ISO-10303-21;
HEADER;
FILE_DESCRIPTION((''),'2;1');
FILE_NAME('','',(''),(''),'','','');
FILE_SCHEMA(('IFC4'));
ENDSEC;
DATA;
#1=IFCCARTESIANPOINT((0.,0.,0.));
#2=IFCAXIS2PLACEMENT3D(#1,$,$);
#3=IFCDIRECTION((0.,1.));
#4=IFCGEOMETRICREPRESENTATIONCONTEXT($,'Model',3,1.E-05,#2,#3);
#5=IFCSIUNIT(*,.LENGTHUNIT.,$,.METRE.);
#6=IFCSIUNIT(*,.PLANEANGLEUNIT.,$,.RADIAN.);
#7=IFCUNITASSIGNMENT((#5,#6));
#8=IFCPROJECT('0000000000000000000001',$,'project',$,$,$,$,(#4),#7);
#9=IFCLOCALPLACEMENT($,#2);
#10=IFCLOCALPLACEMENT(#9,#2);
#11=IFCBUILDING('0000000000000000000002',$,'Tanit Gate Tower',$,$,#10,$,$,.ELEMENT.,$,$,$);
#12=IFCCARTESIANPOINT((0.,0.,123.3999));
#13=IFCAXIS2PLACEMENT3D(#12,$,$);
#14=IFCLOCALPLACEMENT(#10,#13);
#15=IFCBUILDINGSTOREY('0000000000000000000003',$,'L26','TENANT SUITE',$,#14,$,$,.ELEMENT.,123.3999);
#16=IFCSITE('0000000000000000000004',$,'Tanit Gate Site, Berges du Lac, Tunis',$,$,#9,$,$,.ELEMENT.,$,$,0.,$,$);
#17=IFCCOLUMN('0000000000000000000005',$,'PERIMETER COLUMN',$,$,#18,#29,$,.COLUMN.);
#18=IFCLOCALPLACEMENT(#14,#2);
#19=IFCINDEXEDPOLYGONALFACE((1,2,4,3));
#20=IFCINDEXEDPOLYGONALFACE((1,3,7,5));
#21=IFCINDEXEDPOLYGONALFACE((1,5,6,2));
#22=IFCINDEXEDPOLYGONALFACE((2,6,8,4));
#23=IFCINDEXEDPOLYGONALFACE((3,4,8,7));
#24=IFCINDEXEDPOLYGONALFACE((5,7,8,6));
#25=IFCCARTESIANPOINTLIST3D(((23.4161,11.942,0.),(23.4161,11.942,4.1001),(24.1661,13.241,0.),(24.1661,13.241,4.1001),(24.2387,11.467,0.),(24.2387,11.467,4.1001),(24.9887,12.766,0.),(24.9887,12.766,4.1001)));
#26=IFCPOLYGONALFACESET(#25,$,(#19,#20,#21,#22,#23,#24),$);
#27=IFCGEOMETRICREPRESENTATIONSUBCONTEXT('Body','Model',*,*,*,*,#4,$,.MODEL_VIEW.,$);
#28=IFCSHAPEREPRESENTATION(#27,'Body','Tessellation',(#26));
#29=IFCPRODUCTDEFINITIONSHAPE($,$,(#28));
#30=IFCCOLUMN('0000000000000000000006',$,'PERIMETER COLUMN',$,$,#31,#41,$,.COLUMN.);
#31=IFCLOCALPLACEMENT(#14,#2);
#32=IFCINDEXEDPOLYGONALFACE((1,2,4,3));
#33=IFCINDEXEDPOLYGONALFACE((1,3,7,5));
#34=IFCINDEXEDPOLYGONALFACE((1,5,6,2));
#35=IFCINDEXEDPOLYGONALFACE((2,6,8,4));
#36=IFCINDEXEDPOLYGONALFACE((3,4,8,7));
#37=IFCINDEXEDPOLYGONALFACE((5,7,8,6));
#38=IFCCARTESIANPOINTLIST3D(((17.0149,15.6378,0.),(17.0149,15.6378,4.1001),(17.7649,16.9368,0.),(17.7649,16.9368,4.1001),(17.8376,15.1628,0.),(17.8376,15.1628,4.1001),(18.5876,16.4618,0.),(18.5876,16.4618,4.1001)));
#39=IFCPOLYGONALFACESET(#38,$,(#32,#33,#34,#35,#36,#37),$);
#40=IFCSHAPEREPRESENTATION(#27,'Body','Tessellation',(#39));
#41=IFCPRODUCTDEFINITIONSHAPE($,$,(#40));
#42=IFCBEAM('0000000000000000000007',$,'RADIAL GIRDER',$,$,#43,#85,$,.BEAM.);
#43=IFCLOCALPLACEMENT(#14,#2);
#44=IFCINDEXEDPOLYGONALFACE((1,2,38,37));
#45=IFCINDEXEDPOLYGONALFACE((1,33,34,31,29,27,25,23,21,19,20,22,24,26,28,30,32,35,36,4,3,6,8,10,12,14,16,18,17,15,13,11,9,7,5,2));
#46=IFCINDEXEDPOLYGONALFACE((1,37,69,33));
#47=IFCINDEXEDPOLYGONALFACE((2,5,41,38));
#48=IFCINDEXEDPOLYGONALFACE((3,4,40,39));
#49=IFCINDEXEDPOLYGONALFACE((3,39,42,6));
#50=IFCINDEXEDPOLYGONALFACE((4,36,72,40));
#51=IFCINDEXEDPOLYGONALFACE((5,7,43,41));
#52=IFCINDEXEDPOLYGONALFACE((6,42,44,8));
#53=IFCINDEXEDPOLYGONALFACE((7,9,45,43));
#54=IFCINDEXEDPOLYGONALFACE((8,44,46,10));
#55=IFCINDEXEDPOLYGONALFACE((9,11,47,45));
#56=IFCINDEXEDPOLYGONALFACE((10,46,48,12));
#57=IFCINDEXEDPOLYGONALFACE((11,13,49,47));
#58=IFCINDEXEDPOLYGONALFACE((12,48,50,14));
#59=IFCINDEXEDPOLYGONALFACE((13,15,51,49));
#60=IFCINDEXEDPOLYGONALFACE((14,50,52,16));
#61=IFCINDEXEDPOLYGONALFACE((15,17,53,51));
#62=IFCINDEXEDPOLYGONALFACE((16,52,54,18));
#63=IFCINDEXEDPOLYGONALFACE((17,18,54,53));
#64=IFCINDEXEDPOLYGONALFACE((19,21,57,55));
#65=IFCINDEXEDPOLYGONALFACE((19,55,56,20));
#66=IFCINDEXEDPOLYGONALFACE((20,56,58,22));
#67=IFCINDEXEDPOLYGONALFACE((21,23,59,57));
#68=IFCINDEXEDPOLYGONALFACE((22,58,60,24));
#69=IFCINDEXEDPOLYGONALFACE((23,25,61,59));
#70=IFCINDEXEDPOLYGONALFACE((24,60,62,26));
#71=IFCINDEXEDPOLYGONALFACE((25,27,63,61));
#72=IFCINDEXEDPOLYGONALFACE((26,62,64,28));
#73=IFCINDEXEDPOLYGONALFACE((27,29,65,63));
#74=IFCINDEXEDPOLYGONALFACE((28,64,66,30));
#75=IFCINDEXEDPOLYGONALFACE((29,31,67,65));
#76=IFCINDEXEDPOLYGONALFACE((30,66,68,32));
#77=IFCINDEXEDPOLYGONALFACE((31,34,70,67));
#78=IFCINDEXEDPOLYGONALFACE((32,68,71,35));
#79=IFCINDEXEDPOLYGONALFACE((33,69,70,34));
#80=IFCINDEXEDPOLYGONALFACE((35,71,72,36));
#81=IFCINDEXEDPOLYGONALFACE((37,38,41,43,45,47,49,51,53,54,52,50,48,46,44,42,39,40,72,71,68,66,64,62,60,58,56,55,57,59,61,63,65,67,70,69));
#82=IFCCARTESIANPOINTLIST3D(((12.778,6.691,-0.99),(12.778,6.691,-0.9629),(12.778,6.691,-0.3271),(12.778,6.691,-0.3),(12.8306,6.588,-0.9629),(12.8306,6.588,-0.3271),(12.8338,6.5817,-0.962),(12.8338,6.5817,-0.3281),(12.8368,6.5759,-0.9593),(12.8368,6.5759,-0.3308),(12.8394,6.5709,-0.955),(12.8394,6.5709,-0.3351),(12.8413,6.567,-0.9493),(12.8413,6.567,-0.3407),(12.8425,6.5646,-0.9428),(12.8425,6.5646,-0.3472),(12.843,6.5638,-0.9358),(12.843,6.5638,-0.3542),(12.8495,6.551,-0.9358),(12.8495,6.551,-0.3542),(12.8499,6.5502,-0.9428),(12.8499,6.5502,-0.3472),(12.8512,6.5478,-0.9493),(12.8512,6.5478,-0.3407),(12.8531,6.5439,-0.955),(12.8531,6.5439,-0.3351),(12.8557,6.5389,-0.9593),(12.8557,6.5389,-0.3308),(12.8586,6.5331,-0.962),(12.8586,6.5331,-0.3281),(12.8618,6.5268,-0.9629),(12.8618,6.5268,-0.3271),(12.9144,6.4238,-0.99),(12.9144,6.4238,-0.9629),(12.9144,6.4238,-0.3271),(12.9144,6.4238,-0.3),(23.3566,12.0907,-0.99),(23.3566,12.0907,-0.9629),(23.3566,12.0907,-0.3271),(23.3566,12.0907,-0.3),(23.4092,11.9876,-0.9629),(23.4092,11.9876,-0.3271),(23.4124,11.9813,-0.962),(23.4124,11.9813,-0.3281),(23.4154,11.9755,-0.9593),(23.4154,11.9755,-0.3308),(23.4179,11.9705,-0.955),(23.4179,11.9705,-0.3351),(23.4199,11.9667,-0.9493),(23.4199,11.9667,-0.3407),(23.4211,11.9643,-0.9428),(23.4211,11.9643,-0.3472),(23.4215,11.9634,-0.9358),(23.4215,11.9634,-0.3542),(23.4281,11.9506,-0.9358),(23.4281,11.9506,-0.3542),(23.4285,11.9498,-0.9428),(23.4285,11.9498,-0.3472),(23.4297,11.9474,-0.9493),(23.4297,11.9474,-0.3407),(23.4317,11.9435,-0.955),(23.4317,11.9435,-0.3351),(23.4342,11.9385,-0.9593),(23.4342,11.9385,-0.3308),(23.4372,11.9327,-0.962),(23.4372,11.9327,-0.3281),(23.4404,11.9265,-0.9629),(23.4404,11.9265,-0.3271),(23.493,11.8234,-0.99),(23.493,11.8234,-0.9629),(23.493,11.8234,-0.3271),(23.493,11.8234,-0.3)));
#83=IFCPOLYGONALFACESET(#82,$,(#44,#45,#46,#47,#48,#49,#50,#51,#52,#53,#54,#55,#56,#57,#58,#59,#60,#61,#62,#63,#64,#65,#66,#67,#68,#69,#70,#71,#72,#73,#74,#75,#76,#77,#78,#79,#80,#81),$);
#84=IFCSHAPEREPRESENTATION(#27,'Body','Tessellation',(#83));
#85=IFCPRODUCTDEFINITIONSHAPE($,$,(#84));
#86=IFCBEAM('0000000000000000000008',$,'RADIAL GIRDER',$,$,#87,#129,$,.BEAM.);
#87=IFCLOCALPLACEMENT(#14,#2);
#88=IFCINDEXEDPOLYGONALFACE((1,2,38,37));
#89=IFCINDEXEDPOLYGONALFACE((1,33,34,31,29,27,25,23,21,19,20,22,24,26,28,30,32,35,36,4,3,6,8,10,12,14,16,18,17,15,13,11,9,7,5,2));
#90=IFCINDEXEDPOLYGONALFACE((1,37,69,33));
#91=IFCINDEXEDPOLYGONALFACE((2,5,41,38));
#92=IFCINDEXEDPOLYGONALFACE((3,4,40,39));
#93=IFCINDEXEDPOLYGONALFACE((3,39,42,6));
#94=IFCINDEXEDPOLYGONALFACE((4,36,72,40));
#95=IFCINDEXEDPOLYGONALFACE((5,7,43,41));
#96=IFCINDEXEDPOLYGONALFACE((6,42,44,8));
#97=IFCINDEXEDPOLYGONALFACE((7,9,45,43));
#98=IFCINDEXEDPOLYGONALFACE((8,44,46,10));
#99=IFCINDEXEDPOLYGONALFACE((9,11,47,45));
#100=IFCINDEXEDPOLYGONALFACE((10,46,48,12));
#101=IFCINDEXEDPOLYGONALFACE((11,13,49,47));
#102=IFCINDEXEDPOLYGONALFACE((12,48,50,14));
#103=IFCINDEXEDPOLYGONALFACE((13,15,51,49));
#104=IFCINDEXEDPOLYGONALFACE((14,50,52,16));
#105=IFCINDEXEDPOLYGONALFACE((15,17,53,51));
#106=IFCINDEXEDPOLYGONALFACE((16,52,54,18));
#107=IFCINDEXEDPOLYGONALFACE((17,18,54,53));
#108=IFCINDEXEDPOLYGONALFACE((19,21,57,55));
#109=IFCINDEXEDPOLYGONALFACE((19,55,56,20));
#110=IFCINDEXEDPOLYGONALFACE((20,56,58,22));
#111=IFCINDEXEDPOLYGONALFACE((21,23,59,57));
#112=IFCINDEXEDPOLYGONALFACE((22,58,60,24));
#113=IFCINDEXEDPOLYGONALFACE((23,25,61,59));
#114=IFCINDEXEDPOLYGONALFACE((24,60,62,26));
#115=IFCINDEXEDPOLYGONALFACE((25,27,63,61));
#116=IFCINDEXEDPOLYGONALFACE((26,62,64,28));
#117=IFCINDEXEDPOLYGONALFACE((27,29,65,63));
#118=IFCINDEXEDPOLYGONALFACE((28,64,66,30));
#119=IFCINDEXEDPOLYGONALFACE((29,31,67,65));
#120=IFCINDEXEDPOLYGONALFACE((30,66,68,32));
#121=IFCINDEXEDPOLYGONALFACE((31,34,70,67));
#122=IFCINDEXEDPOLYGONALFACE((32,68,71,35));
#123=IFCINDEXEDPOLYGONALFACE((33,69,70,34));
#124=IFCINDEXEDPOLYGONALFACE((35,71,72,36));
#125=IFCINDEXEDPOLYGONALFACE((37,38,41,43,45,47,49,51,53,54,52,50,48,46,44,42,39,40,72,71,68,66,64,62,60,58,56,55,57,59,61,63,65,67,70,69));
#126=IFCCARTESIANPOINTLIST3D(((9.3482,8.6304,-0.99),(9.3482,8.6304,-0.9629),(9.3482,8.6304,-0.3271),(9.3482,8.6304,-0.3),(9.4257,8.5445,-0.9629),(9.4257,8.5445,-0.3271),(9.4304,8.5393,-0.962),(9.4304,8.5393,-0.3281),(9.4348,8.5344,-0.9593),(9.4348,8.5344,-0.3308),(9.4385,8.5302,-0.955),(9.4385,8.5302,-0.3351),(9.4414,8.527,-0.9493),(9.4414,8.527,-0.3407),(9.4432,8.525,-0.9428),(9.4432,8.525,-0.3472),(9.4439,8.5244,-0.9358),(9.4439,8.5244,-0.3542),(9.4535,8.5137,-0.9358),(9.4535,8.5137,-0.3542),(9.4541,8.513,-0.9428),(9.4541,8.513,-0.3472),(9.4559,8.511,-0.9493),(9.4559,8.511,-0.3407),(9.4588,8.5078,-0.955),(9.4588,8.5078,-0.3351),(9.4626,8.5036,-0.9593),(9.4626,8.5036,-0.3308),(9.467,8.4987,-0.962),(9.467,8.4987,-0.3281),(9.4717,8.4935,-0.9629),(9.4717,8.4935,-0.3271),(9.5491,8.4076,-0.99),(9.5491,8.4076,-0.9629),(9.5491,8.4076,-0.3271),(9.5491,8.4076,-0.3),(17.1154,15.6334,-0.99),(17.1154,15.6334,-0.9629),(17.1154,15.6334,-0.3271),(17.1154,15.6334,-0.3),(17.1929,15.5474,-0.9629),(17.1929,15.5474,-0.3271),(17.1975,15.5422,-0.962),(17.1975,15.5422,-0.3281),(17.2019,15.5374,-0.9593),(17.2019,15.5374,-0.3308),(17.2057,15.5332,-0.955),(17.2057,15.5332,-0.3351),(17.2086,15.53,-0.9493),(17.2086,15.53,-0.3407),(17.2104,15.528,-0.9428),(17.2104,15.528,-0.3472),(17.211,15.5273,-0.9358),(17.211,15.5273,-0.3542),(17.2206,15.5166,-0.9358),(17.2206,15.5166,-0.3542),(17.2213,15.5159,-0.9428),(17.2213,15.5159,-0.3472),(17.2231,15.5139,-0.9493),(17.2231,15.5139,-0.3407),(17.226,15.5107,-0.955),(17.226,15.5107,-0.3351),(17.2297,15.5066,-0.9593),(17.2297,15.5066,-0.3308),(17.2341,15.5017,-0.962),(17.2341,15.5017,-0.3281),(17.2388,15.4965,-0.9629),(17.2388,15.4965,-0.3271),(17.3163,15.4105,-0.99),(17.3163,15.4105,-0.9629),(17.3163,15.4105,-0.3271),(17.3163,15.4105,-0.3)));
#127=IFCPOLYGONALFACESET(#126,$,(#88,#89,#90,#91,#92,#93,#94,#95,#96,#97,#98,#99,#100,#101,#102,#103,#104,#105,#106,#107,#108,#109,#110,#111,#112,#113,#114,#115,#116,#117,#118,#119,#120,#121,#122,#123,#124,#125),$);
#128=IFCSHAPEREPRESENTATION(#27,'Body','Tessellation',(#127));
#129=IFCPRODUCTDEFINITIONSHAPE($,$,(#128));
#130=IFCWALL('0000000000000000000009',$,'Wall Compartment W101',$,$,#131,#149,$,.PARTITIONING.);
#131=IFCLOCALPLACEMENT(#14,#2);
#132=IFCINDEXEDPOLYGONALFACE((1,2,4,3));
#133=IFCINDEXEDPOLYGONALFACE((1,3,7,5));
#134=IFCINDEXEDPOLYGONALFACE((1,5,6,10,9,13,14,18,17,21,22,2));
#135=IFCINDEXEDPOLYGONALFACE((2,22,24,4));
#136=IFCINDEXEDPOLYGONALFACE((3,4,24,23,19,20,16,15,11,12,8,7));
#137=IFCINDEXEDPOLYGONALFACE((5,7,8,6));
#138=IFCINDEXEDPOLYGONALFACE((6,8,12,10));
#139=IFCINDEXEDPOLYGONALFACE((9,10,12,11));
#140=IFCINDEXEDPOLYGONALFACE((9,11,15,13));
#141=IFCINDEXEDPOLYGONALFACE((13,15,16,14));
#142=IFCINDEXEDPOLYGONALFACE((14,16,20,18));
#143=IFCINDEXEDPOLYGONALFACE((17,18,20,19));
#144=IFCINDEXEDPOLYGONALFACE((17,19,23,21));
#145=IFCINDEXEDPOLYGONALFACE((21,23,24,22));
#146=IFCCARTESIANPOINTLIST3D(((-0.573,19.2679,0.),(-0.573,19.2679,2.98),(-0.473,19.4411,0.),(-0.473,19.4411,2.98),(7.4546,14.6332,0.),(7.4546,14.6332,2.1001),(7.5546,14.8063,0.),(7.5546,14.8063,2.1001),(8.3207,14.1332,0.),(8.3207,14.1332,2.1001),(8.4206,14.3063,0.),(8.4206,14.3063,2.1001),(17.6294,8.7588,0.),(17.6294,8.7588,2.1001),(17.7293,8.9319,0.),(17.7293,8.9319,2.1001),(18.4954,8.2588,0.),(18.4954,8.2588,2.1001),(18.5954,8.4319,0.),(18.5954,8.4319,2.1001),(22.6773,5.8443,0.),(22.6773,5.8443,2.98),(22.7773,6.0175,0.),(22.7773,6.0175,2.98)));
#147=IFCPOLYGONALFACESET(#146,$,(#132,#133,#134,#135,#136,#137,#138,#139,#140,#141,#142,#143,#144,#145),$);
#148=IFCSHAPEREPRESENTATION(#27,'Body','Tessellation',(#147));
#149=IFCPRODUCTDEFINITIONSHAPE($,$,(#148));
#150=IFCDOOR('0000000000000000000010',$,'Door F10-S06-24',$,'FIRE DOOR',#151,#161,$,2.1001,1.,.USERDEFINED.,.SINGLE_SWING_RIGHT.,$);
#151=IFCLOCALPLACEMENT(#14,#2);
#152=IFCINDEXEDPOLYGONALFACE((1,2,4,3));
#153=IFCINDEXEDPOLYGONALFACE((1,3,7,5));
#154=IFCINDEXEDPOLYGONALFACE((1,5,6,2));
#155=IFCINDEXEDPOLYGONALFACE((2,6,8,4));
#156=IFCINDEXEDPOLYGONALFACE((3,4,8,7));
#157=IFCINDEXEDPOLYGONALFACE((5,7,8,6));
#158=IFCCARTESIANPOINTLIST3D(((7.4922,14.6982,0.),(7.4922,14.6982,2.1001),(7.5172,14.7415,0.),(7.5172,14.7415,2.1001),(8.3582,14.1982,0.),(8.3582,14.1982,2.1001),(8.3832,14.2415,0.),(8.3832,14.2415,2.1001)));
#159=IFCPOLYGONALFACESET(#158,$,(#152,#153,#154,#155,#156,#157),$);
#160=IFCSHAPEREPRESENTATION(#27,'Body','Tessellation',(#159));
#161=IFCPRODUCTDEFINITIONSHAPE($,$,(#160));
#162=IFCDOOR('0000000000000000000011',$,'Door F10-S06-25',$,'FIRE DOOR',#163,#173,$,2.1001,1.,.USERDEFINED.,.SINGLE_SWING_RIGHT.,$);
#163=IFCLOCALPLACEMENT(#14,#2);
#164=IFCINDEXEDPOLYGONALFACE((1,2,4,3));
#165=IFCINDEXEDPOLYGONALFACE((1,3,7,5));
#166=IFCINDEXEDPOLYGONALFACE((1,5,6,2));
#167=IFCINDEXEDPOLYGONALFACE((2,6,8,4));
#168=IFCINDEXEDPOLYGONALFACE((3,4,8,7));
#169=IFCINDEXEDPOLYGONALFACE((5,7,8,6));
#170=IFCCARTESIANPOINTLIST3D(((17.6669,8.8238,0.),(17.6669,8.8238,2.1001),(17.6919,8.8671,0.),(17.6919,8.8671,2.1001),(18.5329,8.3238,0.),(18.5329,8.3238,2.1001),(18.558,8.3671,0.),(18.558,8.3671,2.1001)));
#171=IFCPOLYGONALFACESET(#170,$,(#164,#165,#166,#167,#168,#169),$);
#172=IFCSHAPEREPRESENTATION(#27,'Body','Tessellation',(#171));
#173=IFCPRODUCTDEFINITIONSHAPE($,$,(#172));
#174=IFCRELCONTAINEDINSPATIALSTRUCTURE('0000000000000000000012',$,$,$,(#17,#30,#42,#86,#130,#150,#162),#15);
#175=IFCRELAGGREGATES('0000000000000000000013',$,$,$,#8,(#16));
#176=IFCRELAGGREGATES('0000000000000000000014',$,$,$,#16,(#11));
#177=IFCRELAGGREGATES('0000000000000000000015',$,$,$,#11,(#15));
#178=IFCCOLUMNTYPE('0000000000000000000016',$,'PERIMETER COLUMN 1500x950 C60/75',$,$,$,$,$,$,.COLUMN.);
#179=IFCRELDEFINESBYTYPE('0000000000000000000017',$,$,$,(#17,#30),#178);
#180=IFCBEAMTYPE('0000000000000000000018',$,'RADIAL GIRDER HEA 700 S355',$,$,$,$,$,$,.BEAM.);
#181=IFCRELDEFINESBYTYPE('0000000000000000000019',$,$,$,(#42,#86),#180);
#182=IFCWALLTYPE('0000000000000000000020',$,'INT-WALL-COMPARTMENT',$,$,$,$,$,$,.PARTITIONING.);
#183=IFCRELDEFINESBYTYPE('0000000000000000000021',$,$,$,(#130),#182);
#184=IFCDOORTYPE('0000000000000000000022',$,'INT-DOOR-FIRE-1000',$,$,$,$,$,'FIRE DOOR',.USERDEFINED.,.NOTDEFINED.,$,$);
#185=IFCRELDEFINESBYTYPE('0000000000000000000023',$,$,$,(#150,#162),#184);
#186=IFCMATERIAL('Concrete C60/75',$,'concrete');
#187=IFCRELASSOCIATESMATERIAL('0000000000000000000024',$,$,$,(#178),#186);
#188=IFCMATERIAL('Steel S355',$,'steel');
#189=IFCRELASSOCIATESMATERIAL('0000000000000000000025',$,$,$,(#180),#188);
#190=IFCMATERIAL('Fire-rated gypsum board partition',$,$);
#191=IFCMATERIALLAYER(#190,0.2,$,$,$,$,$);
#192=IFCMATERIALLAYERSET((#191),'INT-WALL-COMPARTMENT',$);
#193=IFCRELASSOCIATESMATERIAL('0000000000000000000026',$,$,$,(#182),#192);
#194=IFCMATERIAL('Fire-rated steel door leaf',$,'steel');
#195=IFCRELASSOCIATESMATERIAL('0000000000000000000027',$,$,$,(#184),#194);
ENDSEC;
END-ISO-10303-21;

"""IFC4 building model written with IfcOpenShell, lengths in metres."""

from ifc_helpers import new_model, si_unit, direction, frame, frame_2d, origin, origin_2d, place, context, subcontext, project, spatial, rectangle, i_section, extrude, material, layer, layer_set, material_profile, profile_set, type_object, element, fill, save


model = new_model("IFC4")

# Units and contexts
model_context = context("Model", 3, precision=1e-05, world=origin(), true_north=direction((0.0, 1.0)))
body_context = subcontext(model_context, "Body", "Model", "MODEL_VIEW")
ifc_project = project(units=[si_unit("LENGTHUNIT", "METRE"), si_unit("PLANEANGLEUNIT", "RADIAN")], contexts=[model_context])

# Site, building, storey
site_placement = place(None, origin())
site = spatial("IfcSite", under=ifc_project, at=site_placement, Name="Tanit Gate Site, Berges du Lac, Tunis", CompositionType="ELEMENT", RefElevation=0.0)
building_placement = place(site_placement, origin())
building = spatial("IfcBuilding", under=site, at=building_placement, Name="Tanit Gate Tower", CompositionType="ELEMENT")
storey_placement = place(building_placement, frame((0.0, 0.0, 123.3999)))
storey = spatial("IfcBuildingStorey", under=building, at=storey_placement, Name="L26", Description="TENANT SUITE", CompositionType="ELEMENT", Elevation=123.3999)

# Columns
ifc_material_1 = material(Name="Concrete C60/75", Category="concrete")
ifc_material_profile_1 = material_profile(ifc_material_1, rectangle(XDim=1.5, YDim=0.95, at=origin_2d()), Name="RC 1500x950")
ifc_profile_set_1 = profile_set([ifc_material_profile_1], Name="Concrete C60/75")
column_type = type_object("IfcColumnType", Name="PERIMETER COLUMN 1500x950 C60/75", PredefinedType="COLUMN", material=ifc_profile_set_1)
for number, where, z_axis, x_axis, name in (
    (1, (24.2024, 12.354, 0.0), (0.0, 0.0, 1.0), (0.5, 0.866025, 0.0), "PERIMETER COLUMN"),
    (2, (17.8013, 16.0498, 0.0), (0.0, 0.0, 1.0), (0.5, 0.866025, 0.0), "PERIMETER COLUMN"),
):
    element("IfcColumn", number, at=place(storey_placement, frame(where, z_axis=z_axis, x_axis=x_axis)), inside=storey, type_object=column_type, Name=name, PredefinedType="COLUMN", context=body_context, shape_type="SweptSolid", body=[
        extrude(rectangle(XDim=1.5, YDim=0.95, at=origin_2d()), origin(), (0.0, 0.0, 1.0), 4.1001),
    ])

# Beams
ifc_material_2 = material(Name="Steel S355", Category="steel")
ifc_material_profile_2 = material_profile(ifc_material_2, i_section(OverallWidth=0.3, OverallDepth=0.6899, WebThickness=0.0144, FlangeThickness=0.0271, FilletRadius=0.0271, at=origin_2d()), Name="HEA 700")
ifc_profile_set_2 = profile_set([ifc_material_profile_2], Name="Steel S355")
beam_type = type_object("IfcBeamType", Name="RADIAL GIRDER HEA 700 S355", PredefinedType="BEAM", material=ifc_profile_set_2)
beam_1_placement = place(storey_placement, frame((23.4248, 11.957, -0.645), z_axis=(-0.89068, -0.454631, 0.0), x_axis=(0.454631, -0.89068, 0.0)))
element("IfcBeam", 3, at=beam_1_placement, inside=storey, type_object=beam_type, Name="RADIAL GIRDER", PredefinedType="BEAM", context=body_context, shape_type="SweptSolid", body=[
    extrude(i_section(OverallWidth=0.3, OverallDepth=0.6899, WebThickness=0.0144, FlangeThickness=0.0271, FilletRadius=0.0271, at=origin_2d()), origin(), (0.0, 0.0, 1.0), 11.877),
])
beam_2_placement = place(storey_placement, frame((17.2158, 15.522, -0.645), z_axis=(-0.742697, -0.669627, 0.0), x_axis=(0.669627, -0.742697, 0.0)))
element("IfcBeam", 4, at=beam_2_placement, inside=storey, type_object=beam_type, Name="RADIAL GIRDER", PredefinedType="BEAM", context=body_context, shape_type="SweptSolid", body=[
    extrude(i_section(OverallWidth=0.3, OverallDepth=0.6899, WebThickness=0.0144, FlangeThickness=0.0271, FilletRadius=0.0271, at=origin_2d()), origin(), (0.0, 0.0, 1.0), 10.458),
])

# Wall, openings, doors
ifc_material_3 = material(Name="Fire-rated gypsum board partition")
ifc_layer_1 = layer(ifc_material_3, 0.2)
ifc_layer_set_1 = layer_set([ifc_layer_1], Name="INT-WALL-COMPARTMENT")
wall_type_1 = type_object("IfcWallType", Name="INT-WALL-COMPARTMENT", PredefinedType="PARTITIONING", material=ifc_layer_set_1)
wall_1_placement = place(storey_placement, frame((22.7273, 5.9309, 0.0), z_axis=(0.0, 0.0, 1.0), x_axis=(-0.866025, 0.500001, 0.0)))
wall_1 = element("IfcWall", 5, at=wall_1_placement, inside=storey, type_object=wall_type_1, Name="Wall Compartment W101", PredefinedType="PARTITIONING", context=body_context, shape_type="SweptSolid", body=[
    extrude(rectangle(XDim=26.8472, YDim=0.2, at=frame_2d((13.4236, 0.0))), origin(), (0.0, 0.0, 1.0), 2.98),
])
opening_1_placement = place(wall_1_placement, frame((16.5776, 0.0, 0.0)))
opening_1 = element("IfcOpeningElement", 6, at=opening_1_placement, cuts=wall_1, PredefinedType="OPENING", context=body_context, shape_type="SweptSolid", body=[
    extrude(rectangle(XDim=1.0, YDim=2.1001, at=frame_2d((0.5, 1.05))), frame((0.0, 0.1099, 0.0), z_axis=(0.0, -1.0, 0.0), x_axis=(1.0, 0.0, 0.0)), (0.0, 0.0, 1.0), 0.22),
])
opening_2_placement = place(wall_1_placement, frame((4.8289, 0.0, 0.0)))
opening_2 = element("IfcOpeningElement", 7, at=opening_2_placement, cuts=wall_1, PredefinedType="OPENING", context=body_context, shape_type="SweptSolid", body=[
    extrude(rectangle(XDim=1.0, YDim=2.1001, at=frame_2d((0.5, 1.05))), frame((0.0, 0.1099, 0.0), z_axis=(0.0, -1.0, 0.0), x_axis=(1.0, 0.0, 0.0)), (0.0, 0.0, 1.0), 0.22),
])
ifc_material_4 = material(Name="Fire-rated steel door leaf", Category="steel")
door_type_1 = type_object("IfcDoorType", Name="INT-DOOR-FIRE-1000", ElementType="FIRE DOOR", OperationType="NOTDEFINED", PredefinedType="USERDEFINED", material=ifc_material_4)
door_1_placement = place(opening_1_placement, origin())
door_1 = element("IfcDoor", 8, at=door_1_placement, inside=storey, type_object=door_type_1, Name="Door F10-S06-24", ObjectType="FIRE DOOR", OperationType="SINGLE_SWING_RIGHT", OverallHeight=2.1001, OverallWidth=1.0, PredefinedType="USERDEFINED", context=body_context, shape_type="SweptSolid", body=[
    extrude(rectangle(XDim=1.0, YDim=2.1001, at=frame_2d((0.5, 1.05))), frame((0.0, 0.0249, 0.0), z_axis=(0.0, -1.0, 0.0), x_axis=(1.0, 0.0, 0.0)), (0.0, 0.0, 1.0), 0.05),
])
fill(opening_1, door_1)
door_2_placement = place(opening_2_placement, origin())
door_2 = element("IfcDoor", 9, at=door_2_placement, inside=storey, type_object=door_type_1, Name="Door F10-S06-25", ObjectType="FIRE DOOR", OperationType="SINGLE_SWING_RIGHT", OverallHeight=2.1001, OverallWidth=1.0, PredefinedType="USERDEFINED", context=body_context, shape_type="SweptSolid", body=[
    extrude(rectangle(XDim=1.0, YDim=2.1001, at=frame_2d((0.5, 1.05))), frame((0.0, 0.0249, 0.0), z_axis=(0.0, -1.0, 0.0), x_axis=(1.0, 0.0, 0.0)), (0.0, 0.0, 1.0), 0.05),
])
fill(opening_2, door_2)

save(model, "model.ifc")
